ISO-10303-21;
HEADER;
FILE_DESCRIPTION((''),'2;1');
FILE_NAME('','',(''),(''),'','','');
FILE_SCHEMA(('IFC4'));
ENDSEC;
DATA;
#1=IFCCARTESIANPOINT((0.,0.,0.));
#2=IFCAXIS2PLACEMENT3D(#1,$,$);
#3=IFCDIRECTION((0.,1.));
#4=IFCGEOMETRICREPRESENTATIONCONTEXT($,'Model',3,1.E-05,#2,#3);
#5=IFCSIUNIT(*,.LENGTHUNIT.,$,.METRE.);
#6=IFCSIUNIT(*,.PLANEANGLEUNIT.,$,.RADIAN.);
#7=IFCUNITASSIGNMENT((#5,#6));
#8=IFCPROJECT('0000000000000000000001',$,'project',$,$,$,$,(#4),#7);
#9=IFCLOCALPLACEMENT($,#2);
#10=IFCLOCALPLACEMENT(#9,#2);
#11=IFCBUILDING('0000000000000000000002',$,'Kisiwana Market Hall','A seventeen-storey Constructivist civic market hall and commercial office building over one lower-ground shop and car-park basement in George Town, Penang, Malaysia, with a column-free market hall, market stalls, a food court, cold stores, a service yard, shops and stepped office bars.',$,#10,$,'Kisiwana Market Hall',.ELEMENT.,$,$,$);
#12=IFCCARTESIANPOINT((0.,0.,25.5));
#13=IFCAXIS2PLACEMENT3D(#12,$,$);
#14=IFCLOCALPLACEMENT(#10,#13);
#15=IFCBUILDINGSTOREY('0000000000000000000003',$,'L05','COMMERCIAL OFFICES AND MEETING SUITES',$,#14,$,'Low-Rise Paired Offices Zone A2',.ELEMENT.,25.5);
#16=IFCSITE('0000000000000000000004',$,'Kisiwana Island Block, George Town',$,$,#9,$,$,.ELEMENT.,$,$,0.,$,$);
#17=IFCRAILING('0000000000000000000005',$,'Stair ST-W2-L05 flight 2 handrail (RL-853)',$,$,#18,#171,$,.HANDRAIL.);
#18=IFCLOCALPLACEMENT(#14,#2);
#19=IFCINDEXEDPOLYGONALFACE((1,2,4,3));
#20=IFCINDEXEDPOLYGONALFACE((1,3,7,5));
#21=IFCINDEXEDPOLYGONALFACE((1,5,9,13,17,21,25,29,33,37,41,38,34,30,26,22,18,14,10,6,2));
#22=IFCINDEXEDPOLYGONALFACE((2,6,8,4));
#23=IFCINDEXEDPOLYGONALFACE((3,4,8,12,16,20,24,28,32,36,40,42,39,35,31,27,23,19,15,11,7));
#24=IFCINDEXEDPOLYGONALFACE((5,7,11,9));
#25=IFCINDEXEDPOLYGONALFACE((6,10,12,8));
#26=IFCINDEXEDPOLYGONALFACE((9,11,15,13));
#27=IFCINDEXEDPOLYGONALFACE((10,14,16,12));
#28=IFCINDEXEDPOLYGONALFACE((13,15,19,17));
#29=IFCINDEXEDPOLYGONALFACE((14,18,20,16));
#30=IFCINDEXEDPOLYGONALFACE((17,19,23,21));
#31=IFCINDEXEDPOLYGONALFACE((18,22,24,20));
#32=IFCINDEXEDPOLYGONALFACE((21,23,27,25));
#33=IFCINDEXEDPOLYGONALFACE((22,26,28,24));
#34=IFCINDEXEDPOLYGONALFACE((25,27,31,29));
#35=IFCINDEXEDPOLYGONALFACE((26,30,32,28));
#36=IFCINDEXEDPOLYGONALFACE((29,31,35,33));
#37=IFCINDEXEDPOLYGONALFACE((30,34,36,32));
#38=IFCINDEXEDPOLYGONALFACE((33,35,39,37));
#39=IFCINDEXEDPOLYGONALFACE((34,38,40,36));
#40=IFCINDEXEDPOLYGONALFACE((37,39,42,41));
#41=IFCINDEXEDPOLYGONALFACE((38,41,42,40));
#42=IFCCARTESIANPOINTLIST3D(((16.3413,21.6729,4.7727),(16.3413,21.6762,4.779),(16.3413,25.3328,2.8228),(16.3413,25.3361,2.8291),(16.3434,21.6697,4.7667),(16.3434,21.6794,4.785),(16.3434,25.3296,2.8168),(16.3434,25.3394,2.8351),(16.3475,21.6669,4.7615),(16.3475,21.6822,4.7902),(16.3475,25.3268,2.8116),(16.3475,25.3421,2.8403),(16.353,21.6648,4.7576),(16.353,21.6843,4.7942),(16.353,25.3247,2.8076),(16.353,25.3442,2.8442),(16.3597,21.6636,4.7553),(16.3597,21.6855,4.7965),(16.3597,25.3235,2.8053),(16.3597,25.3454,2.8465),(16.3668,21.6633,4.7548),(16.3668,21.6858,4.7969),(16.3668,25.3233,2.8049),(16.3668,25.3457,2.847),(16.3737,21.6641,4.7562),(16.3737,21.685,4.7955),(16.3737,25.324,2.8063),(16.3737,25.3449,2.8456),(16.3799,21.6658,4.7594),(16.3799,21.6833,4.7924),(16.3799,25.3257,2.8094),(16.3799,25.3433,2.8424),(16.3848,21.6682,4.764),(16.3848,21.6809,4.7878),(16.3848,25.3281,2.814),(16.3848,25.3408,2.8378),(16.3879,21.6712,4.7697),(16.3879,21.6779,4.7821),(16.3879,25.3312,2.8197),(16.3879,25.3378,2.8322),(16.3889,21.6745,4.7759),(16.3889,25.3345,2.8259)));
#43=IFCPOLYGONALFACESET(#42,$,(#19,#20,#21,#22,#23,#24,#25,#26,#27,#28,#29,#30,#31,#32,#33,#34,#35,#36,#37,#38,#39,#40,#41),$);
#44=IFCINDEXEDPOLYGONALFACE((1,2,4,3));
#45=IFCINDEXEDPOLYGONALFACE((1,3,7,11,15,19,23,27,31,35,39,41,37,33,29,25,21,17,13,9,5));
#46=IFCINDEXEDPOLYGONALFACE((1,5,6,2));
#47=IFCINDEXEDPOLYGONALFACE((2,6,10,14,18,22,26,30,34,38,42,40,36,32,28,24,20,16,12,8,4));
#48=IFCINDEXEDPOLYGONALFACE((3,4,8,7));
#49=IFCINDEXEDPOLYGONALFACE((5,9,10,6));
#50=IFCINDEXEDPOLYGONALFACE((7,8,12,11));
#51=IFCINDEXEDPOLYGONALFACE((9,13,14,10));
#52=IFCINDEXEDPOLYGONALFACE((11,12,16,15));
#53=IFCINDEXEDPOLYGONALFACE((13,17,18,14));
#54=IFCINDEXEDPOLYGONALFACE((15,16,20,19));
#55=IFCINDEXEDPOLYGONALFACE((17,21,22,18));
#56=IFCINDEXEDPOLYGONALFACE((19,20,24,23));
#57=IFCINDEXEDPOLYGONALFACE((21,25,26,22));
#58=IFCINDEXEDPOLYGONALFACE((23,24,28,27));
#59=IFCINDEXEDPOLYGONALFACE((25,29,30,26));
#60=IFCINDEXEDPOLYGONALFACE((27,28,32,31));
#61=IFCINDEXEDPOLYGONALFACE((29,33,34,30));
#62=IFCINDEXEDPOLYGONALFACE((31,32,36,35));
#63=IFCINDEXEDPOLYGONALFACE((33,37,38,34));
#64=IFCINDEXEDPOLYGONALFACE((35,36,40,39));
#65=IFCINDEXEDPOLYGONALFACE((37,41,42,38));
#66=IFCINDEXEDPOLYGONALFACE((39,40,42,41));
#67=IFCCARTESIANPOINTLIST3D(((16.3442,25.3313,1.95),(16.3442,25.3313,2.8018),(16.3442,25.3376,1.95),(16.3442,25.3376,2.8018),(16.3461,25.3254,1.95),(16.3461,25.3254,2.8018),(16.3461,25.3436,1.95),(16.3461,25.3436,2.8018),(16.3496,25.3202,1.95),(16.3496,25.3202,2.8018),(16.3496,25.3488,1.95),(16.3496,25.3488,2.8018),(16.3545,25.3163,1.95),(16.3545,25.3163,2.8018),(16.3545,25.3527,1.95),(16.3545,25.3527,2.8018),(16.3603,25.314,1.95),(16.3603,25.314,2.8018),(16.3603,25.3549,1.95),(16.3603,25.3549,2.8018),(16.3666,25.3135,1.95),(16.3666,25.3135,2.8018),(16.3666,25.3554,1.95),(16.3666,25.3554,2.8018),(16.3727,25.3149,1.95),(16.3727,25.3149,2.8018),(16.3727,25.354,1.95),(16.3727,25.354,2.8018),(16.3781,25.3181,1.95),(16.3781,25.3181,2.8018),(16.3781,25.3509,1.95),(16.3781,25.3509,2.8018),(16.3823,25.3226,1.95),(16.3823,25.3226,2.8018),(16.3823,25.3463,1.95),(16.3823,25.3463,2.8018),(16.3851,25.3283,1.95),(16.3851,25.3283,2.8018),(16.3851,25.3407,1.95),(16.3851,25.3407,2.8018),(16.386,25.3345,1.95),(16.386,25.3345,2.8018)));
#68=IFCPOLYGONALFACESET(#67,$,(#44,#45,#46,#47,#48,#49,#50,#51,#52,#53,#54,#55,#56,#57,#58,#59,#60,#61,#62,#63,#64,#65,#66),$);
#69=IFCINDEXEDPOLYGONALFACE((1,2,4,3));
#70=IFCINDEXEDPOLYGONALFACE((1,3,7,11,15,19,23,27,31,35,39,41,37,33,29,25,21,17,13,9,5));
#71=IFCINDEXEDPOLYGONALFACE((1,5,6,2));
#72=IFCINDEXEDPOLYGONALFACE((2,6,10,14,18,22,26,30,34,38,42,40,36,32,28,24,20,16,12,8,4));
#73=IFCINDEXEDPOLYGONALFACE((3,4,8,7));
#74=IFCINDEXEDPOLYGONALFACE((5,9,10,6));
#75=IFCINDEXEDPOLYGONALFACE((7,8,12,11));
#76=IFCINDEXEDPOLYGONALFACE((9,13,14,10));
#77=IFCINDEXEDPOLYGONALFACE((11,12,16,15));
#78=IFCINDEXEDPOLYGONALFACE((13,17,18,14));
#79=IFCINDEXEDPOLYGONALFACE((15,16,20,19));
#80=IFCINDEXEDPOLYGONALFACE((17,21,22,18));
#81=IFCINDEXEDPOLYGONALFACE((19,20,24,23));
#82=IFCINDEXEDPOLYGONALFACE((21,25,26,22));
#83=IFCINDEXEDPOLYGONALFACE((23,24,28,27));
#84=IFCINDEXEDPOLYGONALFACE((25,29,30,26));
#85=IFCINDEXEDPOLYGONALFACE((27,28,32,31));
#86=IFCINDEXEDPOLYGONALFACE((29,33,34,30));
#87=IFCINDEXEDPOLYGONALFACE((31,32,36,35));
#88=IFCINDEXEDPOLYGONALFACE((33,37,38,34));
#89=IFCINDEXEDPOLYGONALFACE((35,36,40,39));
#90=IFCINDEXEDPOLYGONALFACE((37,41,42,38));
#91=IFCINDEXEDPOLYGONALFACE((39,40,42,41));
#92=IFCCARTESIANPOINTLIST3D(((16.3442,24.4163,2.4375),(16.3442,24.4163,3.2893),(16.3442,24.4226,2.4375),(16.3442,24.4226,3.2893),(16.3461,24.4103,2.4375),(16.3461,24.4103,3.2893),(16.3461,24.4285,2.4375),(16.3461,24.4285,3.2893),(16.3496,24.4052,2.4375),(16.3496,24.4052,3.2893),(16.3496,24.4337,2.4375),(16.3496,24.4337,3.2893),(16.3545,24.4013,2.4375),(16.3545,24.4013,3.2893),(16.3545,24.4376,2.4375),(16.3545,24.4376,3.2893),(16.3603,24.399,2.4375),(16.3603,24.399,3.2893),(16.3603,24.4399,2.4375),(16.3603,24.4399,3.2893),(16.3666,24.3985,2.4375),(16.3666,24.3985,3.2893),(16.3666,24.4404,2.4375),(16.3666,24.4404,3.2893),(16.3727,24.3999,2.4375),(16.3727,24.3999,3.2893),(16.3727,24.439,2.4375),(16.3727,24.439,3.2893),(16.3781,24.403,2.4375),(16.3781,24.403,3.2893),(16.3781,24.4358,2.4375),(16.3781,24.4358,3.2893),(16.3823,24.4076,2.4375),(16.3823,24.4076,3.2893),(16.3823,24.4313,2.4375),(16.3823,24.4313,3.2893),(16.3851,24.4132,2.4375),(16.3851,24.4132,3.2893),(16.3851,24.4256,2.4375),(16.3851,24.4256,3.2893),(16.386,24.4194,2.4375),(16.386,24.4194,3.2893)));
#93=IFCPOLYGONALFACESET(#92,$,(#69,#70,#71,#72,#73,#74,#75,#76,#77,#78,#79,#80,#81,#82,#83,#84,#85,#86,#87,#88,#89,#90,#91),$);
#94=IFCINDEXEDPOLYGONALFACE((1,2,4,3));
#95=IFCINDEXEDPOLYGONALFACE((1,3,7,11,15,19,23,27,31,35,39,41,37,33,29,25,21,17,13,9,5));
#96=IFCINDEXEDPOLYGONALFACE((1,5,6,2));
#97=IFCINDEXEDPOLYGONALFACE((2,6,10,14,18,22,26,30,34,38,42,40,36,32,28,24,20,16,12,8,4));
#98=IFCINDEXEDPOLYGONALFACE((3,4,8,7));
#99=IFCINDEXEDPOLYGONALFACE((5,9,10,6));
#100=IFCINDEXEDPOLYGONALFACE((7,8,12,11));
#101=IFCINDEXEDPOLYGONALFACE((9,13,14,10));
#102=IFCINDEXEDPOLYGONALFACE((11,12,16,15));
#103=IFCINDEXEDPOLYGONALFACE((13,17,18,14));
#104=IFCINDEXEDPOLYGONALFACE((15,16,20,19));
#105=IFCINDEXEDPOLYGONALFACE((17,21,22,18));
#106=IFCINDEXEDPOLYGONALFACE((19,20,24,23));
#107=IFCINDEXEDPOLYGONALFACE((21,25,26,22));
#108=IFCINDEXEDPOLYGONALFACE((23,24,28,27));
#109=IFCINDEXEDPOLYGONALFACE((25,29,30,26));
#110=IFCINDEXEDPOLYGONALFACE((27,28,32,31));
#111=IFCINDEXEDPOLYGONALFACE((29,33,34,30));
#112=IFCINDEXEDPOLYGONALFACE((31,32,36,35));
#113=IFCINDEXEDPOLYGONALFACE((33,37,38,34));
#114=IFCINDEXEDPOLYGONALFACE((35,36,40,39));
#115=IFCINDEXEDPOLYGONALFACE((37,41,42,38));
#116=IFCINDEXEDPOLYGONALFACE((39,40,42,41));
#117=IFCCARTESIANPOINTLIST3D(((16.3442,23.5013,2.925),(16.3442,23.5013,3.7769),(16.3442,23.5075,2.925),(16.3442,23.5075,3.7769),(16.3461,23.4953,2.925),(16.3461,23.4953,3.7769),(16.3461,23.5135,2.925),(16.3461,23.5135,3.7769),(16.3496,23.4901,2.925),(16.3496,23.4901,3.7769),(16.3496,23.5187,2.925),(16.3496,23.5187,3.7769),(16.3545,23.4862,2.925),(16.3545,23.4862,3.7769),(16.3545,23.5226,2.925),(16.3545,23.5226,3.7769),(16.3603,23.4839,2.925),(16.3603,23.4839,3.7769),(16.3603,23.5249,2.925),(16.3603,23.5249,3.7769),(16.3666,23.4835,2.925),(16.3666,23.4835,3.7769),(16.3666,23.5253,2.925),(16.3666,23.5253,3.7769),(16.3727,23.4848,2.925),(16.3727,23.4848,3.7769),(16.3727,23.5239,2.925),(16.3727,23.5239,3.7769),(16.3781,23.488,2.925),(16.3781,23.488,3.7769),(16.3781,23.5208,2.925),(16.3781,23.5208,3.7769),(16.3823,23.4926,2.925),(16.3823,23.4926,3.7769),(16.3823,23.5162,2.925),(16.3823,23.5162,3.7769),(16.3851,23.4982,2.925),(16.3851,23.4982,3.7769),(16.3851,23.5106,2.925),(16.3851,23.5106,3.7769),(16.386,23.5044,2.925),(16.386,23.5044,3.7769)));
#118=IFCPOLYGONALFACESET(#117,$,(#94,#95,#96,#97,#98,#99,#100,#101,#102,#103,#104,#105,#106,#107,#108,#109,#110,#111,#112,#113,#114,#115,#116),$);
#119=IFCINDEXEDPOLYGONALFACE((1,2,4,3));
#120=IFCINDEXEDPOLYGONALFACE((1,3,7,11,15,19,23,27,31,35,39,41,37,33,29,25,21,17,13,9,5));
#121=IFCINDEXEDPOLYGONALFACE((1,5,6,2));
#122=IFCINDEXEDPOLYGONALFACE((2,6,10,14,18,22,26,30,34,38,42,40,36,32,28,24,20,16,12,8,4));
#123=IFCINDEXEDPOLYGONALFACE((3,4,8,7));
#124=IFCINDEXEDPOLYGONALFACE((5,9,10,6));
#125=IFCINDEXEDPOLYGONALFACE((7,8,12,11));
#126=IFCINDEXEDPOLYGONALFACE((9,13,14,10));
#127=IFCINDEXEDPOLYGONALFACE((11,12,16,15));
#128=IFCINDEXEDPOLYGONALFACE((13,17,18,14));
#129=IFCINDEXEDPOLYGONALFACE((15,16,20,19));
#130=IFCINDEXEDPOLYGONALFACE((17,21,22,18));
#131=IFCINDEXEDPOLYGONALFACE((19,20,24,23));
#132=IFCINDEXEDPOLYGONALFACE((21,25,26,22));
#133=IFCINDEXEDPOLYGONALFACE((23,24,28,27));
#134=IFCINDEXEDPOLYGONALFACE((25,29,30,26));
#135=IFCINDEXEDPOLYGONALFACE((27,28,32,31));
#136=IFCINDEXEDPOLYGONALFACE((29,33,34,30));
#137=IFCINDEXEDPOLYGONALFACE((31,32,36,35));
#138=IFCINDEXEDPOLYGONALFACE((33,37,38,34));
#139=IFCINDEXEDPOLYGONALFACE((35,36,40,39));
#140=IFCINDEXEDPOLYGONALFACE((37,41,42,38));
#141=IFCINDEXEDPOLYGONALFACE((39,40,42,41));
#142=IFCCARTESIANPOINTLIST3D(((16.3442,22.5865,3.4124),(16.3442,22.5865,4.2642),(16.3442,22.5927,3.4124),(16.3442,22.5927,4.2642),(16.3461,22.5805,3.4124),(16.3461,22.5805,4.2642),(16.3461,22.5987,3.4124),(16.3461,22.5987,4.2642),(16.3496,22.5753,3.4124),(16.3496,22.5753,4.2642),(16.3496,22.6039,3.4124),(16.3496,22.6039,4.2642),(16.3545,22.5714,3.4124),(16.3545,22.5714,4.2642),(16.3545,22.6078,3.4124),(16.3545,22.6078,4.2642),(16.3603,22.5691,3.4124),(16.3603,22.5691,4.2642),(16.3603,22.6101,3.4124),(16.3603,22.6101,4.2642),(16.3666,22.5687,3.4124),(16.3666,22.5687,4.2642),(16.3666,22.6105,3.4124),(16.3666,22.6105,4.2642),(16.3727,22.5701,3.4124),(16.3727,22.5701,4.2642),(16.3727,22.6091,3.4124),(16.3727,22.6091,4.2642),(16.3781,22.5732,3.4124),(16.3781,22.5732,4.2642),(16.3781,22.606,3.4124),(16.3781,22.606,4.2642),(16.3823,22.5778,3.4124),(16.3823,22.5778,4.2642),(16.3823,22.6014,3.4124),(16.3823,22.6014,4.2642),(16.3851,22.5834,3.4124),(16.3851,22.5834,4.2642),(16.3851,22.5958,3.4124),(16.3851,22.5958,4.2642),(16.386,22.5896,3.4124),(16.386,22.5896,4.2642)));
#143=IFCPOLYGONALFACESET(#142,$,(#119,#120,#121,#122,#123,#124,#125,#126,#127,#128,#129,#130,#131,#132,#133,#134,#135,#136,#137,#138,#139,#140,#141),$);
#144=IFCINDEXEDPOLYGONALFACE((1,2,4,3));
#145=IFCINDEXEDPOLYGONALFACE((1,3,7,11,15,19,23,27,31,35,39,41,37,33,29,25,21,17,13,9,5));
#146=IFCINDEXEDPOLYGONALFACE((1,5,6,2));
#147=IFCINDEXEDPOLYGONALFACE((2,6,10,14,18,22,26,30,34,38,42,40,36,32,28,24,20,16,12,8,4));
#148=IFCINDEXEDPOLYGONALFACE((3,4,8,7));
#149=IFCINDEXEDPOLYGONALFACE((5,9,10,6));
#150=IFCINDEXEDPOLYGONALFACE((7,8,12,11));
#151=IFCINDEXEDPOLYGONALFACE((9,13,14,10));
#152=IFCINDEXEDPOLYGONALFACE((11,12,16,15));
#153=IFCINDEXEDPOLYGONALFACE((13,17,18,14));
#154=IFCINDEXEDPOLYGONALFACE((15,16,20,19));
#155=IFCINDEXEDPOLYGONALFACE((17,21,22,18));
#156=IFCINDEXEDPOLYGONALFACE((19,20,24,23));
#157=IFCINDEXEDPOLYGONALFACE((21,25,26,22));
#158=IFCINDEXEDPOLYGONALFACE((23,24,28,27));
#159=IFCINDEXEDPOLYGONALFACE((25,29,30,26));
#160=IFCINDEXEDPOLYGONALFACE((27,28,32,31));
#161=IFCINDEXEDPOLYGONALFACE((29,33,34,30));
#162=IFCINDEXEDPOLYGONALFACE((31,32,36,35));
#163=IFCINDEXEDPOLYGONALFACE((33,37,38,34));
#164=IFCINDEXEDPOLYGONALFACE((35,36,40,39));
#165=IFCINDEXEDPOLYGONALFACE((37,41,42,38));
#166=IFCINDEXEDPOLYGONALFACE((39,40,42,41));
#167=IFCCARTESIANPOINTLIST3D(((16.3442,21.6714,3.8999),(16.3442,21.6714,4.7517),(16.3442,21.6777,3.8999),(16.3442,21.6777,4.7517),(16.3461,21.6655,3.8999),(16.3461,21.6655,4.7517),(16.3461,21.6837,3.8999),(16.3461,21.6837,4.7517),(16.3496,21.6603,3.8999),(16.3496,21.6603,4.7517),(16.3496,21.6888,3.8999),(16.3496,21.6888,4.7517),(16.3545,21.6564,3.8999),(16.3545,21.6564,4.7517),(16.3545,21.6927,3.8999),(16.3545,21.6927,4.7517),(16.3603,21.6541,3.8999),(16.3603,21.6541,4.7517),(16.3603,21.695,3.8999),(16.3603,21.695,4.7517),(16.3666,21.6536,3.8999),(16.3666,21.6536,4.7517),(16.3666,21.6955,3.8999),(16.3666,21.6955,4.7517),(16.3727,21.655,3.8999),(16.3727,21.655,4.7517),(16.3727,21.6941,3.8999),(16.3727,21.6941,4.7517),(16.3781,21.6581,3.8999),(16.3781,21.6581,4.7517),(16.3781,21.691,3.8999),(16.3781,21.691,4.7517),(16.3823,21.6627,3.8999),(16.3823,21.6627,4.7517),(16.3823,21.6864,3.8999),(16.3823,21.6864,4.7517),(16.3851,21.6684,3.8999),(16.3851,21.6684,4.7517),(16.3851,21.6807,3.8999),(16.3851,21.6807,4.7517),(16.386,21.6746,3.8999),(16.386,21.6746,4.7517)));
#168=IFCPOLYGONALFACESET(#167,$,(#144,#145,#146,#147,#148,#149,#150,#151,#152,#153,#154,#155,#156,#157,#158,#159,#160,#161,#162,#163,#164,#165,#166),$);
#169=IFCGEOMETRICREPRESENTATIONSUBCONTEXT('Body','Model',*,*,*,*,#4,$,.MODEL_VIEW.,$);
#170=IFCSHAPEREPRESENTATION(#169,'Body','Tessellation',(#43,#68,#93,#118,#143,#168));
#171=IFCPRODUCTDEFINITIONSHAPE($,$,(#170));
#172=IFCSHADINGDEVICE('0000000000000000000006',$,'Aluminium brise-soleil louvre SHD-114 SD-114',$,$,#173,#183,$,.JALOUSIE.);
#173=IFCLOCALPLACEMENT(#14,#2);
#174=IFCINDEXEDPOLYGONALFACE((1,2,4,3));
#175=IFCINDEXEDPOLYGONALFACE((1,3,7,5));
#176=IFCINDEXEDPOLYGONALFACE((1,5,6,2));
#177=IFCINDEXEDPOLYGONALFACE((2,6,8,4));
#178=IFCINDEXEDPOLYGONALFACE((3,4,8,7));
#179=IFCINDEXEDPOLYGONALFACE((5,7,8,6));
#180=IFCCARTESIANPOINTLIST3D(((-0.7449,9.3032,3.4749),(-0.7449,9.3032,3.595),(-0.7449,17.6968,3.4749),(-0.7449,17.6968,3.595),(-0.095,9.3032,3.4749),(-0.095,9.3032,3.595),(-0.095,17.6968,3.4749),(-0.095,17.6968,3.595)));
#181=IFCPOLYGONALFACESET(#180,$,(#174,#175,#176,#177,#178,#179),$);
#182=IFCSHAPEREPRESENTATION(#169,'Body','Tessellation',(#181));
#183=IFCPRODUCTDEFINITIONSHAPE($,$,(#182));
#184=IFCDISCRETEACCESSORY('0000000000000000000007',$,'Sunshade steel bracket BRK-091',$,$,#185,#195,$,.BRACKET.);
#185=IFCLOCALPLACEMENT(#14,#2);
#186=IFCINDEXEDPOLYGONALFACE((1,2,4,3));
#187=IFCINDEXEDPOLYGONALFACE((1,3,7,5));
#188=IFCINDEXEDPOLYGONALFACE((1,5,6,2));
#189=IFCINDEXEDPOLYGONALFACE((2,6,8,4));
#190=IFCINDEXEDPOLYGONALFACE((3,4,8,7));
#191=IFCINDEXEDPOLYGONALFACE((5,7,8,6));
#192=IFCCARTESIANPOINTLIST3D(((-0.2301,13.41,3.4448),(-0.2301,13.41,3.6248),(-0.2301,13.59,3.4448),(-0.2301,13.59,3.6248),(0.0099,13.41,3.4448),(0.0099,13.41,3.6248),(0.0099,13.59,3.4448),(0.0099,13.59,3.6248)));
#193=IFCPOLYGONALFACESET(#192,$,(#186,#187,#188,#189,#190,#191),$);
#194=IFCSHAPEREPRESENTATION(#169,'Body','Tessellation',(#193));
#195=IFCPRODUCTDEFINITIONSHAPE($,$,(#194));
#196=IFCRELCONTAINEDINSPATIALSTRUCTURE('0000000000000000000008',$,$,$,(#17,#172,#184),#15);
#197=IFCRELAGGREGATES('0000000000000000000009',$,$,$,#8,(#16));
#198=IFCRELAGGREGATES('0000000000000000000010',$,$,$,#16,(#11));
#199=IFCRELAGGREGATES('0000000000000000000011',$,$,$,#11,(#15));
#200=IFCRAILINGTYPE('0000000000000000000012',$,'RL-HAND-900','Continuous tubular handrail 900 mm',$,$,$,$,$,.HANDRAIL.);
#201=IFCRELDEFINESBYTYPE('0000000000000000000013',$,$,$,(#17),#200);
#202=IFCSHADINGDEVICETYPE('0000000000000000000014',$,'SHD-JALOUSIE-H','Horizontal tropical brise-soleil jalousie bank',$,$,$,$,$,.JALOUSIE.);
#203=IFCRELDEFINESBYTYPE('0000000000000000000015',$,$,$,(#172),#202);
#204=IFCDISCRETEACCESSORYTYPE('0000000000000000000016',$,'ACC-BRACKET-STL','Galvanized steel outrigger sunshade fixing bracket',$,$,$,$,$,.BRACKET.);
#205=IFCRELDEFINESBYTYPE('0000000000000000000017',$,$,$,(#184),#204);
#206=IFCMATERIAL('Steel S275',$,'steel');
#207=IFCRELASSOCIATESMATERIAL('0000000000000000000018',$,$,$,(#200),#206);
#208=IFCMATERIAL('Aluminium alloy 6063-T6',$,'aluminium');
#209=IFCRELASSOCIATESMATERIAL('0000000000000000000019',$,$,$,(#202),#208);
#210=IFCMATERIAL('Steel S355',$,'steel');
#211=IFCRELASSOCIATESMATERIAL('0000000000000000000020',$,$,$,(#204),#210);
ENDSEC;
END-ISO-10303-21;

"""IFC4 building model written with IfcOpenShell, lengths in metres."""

from ifc_helpers import new_model, si_unit, direction, frame, origin, origin_2d, place, context, subcontext, project, spatial, rectangle, circle, extrude, material, type_object, element, save


model = new_model("IFC4")

# Units and contexts
model_context = context("Model", 3, precision=1e-05, world=origin(), true_north=direction((0.0, 1.0)))
body_context = subcontext(model_context, "Body", "Model", "MODEL_VIEW")
ifc_project = project(units=[si_unit("LENGTHUNIT", "METRE"), si_unit("PLANEANGLEUNIT", "RADIAN")], contexts=[model_context])

# Site, building, storey
site_placement = place(None, origin())
site = spatial("IfcSite", under=ifc_project, at=site_placement, Name="Kisiwana Island Block, George Town", CompositionType="ELEMENT", RefElevation=0.0)
building_placement = place(site_placement, origin())
building = spatial("IfcBuilding", under=site, at=building_placement, Name="Kisiwana Market Hall", Description="A seventeen-storey Constructivist civic market hall and commercial office building over one lower-ground shop and car-park basement in George Town, Penang, Malaysia, with a column-free market hall, market stalls, a food court, cold stores, a service yard, shops and stepped office bars.", LongName="Kisiwana Market Hall", CompositionType="ELEMENT")
storey_placement = place(building_placement, frame((0.0, 0.0, 25.5)))
storey = spatial("IfcBuildingStorey", under=building, at=storey_placement, Name="L05", Description="COMMERCIAL OFFICES AND MEETING SUITES", LongName="Low-Rise Paired Offices Zone A2", CompositionType="ELEMENT", Elevation=25.5)

# Railing
ifc_material_1 = material(Name="Steel S275", Category="steel")
railing_type_1 = type_object("IfcRailingType", Name="RL-HAND-900", Description="Continuous tubular handrail 900 mm", PredefinedType="HANDRAIL", material=ifc_material_1)
railing_1_placement = place(storey_placement, frame((16.365, 25.3345, 1.95)))
element("IfcRailing", 1, at=railing_1_placement, inside=storey, type_object=railing_type_1, Name="Stair ST-W2-L05 flight 2 handrail (RL-853)", PredefinedType="HANDRAIL", context=body_context, shape_type="SweptSolid", body=[
    extrude(circle(Radius=0.0239, at=origin_2d()), frame((0.0, 0.0, 0.876), z_axis=(0.0, -0.882553, 0.470212), x_axis=(1.0, 0.0, 0.0)), (0.0, 0.0, 1.0), 4.147),
    extrude(circle(Radius=0.021, at=origin_2d()), origin(), (0.0, 0.0, 1.0), 0.8518),
    extrude(circle(Radius=0.021, at=origin_2d()), frame((0.0, -0.915, 0.4875)), (0.0, 0.0, 1.0), 0.8518),
    extrude(circle(Radius=0.021, at=origin_2d()), frame((0.0, -1.8301, 0.9751)), (0.0, 0.0, 1.0), 0.8518),
    extrude(circle(Radius=0.021, at=origin_2d()), frame((0.0, -2.7449, 1.4624)), (0.0, 0.0, 1.0), 0.8518),
    extrude(circle(Radius=0.021, at=origin_2d()), frame((0.0, -3.6599, 1.95)), (0.0, 0.0, 1.0), 0.8518),
])

# Shading device
ifc_material_2 = material(Name="Aluminium alloy 6063-T6", Category="aluminium")
shading_device_type = type_object("IfcShadingDeviceType", Name="SHD-JALOUSIE-H", Description="Horizontal tropical brise-soleil jalousie bank", PredefinedType="JALOUSIE", material=ifc_material_2)
shading_device_placement = place(storey_placement, frame((-0.4199, 13.5, 3.4749), z_axis=(0.0, 0.0, 1.0), x_axis=(0.0, 1.0, 0.0)))
element("IfcShadingDevice", 2, at=shading_device_placement, inside=storey, type_object=shading_device_type, Name="Aluminium brise-soleil louvre SHD-114 SD-114", PredefinedType="JALOUSIE", context=body_context, shape_type="SweptSolid", body=[
    extrude(rectangle(XDim=8.3936, YDim=0.6499, at=origin_2d()), origin(), (0.0, 0.0, 1.0), 0.1201),
])

# Discrete accessory
ifc_material_3 = material(Name="Steel S355", Category="steel")
discrete_accessory_type = type_object("IfcDiscreteAccessoryType", Name="ACC-BRACKET-STL", Description="Galvanized steel outrigger sunshade fixing bracket", PredefinedType="BRACKET", material=ifc_material_3)
discrete_accessory_placement = place(storey_placement, frame((-0.1101, 13.5, 3.4448), z_axis=(0.0, 0.0, 1.0), x_axis=(0.0, 1.0, 0.0)))
element("IfcDiscreteAccessory", 3, at=discrete_accessory_placement, inside=storey, type_object=discrete_accessory_type, Name="Sunshade steel bracket BRK-091", PredefinedType="BRACKET", context=body_context, shape_type="SweptSolid", body=[
    extrude(rectangle(XDim=0.1799, YDim=0.24, at=origin_2d()), origin(), (0.0, 0.0, 1.0), 0.1799),
])

save(model, "model.ifc")
